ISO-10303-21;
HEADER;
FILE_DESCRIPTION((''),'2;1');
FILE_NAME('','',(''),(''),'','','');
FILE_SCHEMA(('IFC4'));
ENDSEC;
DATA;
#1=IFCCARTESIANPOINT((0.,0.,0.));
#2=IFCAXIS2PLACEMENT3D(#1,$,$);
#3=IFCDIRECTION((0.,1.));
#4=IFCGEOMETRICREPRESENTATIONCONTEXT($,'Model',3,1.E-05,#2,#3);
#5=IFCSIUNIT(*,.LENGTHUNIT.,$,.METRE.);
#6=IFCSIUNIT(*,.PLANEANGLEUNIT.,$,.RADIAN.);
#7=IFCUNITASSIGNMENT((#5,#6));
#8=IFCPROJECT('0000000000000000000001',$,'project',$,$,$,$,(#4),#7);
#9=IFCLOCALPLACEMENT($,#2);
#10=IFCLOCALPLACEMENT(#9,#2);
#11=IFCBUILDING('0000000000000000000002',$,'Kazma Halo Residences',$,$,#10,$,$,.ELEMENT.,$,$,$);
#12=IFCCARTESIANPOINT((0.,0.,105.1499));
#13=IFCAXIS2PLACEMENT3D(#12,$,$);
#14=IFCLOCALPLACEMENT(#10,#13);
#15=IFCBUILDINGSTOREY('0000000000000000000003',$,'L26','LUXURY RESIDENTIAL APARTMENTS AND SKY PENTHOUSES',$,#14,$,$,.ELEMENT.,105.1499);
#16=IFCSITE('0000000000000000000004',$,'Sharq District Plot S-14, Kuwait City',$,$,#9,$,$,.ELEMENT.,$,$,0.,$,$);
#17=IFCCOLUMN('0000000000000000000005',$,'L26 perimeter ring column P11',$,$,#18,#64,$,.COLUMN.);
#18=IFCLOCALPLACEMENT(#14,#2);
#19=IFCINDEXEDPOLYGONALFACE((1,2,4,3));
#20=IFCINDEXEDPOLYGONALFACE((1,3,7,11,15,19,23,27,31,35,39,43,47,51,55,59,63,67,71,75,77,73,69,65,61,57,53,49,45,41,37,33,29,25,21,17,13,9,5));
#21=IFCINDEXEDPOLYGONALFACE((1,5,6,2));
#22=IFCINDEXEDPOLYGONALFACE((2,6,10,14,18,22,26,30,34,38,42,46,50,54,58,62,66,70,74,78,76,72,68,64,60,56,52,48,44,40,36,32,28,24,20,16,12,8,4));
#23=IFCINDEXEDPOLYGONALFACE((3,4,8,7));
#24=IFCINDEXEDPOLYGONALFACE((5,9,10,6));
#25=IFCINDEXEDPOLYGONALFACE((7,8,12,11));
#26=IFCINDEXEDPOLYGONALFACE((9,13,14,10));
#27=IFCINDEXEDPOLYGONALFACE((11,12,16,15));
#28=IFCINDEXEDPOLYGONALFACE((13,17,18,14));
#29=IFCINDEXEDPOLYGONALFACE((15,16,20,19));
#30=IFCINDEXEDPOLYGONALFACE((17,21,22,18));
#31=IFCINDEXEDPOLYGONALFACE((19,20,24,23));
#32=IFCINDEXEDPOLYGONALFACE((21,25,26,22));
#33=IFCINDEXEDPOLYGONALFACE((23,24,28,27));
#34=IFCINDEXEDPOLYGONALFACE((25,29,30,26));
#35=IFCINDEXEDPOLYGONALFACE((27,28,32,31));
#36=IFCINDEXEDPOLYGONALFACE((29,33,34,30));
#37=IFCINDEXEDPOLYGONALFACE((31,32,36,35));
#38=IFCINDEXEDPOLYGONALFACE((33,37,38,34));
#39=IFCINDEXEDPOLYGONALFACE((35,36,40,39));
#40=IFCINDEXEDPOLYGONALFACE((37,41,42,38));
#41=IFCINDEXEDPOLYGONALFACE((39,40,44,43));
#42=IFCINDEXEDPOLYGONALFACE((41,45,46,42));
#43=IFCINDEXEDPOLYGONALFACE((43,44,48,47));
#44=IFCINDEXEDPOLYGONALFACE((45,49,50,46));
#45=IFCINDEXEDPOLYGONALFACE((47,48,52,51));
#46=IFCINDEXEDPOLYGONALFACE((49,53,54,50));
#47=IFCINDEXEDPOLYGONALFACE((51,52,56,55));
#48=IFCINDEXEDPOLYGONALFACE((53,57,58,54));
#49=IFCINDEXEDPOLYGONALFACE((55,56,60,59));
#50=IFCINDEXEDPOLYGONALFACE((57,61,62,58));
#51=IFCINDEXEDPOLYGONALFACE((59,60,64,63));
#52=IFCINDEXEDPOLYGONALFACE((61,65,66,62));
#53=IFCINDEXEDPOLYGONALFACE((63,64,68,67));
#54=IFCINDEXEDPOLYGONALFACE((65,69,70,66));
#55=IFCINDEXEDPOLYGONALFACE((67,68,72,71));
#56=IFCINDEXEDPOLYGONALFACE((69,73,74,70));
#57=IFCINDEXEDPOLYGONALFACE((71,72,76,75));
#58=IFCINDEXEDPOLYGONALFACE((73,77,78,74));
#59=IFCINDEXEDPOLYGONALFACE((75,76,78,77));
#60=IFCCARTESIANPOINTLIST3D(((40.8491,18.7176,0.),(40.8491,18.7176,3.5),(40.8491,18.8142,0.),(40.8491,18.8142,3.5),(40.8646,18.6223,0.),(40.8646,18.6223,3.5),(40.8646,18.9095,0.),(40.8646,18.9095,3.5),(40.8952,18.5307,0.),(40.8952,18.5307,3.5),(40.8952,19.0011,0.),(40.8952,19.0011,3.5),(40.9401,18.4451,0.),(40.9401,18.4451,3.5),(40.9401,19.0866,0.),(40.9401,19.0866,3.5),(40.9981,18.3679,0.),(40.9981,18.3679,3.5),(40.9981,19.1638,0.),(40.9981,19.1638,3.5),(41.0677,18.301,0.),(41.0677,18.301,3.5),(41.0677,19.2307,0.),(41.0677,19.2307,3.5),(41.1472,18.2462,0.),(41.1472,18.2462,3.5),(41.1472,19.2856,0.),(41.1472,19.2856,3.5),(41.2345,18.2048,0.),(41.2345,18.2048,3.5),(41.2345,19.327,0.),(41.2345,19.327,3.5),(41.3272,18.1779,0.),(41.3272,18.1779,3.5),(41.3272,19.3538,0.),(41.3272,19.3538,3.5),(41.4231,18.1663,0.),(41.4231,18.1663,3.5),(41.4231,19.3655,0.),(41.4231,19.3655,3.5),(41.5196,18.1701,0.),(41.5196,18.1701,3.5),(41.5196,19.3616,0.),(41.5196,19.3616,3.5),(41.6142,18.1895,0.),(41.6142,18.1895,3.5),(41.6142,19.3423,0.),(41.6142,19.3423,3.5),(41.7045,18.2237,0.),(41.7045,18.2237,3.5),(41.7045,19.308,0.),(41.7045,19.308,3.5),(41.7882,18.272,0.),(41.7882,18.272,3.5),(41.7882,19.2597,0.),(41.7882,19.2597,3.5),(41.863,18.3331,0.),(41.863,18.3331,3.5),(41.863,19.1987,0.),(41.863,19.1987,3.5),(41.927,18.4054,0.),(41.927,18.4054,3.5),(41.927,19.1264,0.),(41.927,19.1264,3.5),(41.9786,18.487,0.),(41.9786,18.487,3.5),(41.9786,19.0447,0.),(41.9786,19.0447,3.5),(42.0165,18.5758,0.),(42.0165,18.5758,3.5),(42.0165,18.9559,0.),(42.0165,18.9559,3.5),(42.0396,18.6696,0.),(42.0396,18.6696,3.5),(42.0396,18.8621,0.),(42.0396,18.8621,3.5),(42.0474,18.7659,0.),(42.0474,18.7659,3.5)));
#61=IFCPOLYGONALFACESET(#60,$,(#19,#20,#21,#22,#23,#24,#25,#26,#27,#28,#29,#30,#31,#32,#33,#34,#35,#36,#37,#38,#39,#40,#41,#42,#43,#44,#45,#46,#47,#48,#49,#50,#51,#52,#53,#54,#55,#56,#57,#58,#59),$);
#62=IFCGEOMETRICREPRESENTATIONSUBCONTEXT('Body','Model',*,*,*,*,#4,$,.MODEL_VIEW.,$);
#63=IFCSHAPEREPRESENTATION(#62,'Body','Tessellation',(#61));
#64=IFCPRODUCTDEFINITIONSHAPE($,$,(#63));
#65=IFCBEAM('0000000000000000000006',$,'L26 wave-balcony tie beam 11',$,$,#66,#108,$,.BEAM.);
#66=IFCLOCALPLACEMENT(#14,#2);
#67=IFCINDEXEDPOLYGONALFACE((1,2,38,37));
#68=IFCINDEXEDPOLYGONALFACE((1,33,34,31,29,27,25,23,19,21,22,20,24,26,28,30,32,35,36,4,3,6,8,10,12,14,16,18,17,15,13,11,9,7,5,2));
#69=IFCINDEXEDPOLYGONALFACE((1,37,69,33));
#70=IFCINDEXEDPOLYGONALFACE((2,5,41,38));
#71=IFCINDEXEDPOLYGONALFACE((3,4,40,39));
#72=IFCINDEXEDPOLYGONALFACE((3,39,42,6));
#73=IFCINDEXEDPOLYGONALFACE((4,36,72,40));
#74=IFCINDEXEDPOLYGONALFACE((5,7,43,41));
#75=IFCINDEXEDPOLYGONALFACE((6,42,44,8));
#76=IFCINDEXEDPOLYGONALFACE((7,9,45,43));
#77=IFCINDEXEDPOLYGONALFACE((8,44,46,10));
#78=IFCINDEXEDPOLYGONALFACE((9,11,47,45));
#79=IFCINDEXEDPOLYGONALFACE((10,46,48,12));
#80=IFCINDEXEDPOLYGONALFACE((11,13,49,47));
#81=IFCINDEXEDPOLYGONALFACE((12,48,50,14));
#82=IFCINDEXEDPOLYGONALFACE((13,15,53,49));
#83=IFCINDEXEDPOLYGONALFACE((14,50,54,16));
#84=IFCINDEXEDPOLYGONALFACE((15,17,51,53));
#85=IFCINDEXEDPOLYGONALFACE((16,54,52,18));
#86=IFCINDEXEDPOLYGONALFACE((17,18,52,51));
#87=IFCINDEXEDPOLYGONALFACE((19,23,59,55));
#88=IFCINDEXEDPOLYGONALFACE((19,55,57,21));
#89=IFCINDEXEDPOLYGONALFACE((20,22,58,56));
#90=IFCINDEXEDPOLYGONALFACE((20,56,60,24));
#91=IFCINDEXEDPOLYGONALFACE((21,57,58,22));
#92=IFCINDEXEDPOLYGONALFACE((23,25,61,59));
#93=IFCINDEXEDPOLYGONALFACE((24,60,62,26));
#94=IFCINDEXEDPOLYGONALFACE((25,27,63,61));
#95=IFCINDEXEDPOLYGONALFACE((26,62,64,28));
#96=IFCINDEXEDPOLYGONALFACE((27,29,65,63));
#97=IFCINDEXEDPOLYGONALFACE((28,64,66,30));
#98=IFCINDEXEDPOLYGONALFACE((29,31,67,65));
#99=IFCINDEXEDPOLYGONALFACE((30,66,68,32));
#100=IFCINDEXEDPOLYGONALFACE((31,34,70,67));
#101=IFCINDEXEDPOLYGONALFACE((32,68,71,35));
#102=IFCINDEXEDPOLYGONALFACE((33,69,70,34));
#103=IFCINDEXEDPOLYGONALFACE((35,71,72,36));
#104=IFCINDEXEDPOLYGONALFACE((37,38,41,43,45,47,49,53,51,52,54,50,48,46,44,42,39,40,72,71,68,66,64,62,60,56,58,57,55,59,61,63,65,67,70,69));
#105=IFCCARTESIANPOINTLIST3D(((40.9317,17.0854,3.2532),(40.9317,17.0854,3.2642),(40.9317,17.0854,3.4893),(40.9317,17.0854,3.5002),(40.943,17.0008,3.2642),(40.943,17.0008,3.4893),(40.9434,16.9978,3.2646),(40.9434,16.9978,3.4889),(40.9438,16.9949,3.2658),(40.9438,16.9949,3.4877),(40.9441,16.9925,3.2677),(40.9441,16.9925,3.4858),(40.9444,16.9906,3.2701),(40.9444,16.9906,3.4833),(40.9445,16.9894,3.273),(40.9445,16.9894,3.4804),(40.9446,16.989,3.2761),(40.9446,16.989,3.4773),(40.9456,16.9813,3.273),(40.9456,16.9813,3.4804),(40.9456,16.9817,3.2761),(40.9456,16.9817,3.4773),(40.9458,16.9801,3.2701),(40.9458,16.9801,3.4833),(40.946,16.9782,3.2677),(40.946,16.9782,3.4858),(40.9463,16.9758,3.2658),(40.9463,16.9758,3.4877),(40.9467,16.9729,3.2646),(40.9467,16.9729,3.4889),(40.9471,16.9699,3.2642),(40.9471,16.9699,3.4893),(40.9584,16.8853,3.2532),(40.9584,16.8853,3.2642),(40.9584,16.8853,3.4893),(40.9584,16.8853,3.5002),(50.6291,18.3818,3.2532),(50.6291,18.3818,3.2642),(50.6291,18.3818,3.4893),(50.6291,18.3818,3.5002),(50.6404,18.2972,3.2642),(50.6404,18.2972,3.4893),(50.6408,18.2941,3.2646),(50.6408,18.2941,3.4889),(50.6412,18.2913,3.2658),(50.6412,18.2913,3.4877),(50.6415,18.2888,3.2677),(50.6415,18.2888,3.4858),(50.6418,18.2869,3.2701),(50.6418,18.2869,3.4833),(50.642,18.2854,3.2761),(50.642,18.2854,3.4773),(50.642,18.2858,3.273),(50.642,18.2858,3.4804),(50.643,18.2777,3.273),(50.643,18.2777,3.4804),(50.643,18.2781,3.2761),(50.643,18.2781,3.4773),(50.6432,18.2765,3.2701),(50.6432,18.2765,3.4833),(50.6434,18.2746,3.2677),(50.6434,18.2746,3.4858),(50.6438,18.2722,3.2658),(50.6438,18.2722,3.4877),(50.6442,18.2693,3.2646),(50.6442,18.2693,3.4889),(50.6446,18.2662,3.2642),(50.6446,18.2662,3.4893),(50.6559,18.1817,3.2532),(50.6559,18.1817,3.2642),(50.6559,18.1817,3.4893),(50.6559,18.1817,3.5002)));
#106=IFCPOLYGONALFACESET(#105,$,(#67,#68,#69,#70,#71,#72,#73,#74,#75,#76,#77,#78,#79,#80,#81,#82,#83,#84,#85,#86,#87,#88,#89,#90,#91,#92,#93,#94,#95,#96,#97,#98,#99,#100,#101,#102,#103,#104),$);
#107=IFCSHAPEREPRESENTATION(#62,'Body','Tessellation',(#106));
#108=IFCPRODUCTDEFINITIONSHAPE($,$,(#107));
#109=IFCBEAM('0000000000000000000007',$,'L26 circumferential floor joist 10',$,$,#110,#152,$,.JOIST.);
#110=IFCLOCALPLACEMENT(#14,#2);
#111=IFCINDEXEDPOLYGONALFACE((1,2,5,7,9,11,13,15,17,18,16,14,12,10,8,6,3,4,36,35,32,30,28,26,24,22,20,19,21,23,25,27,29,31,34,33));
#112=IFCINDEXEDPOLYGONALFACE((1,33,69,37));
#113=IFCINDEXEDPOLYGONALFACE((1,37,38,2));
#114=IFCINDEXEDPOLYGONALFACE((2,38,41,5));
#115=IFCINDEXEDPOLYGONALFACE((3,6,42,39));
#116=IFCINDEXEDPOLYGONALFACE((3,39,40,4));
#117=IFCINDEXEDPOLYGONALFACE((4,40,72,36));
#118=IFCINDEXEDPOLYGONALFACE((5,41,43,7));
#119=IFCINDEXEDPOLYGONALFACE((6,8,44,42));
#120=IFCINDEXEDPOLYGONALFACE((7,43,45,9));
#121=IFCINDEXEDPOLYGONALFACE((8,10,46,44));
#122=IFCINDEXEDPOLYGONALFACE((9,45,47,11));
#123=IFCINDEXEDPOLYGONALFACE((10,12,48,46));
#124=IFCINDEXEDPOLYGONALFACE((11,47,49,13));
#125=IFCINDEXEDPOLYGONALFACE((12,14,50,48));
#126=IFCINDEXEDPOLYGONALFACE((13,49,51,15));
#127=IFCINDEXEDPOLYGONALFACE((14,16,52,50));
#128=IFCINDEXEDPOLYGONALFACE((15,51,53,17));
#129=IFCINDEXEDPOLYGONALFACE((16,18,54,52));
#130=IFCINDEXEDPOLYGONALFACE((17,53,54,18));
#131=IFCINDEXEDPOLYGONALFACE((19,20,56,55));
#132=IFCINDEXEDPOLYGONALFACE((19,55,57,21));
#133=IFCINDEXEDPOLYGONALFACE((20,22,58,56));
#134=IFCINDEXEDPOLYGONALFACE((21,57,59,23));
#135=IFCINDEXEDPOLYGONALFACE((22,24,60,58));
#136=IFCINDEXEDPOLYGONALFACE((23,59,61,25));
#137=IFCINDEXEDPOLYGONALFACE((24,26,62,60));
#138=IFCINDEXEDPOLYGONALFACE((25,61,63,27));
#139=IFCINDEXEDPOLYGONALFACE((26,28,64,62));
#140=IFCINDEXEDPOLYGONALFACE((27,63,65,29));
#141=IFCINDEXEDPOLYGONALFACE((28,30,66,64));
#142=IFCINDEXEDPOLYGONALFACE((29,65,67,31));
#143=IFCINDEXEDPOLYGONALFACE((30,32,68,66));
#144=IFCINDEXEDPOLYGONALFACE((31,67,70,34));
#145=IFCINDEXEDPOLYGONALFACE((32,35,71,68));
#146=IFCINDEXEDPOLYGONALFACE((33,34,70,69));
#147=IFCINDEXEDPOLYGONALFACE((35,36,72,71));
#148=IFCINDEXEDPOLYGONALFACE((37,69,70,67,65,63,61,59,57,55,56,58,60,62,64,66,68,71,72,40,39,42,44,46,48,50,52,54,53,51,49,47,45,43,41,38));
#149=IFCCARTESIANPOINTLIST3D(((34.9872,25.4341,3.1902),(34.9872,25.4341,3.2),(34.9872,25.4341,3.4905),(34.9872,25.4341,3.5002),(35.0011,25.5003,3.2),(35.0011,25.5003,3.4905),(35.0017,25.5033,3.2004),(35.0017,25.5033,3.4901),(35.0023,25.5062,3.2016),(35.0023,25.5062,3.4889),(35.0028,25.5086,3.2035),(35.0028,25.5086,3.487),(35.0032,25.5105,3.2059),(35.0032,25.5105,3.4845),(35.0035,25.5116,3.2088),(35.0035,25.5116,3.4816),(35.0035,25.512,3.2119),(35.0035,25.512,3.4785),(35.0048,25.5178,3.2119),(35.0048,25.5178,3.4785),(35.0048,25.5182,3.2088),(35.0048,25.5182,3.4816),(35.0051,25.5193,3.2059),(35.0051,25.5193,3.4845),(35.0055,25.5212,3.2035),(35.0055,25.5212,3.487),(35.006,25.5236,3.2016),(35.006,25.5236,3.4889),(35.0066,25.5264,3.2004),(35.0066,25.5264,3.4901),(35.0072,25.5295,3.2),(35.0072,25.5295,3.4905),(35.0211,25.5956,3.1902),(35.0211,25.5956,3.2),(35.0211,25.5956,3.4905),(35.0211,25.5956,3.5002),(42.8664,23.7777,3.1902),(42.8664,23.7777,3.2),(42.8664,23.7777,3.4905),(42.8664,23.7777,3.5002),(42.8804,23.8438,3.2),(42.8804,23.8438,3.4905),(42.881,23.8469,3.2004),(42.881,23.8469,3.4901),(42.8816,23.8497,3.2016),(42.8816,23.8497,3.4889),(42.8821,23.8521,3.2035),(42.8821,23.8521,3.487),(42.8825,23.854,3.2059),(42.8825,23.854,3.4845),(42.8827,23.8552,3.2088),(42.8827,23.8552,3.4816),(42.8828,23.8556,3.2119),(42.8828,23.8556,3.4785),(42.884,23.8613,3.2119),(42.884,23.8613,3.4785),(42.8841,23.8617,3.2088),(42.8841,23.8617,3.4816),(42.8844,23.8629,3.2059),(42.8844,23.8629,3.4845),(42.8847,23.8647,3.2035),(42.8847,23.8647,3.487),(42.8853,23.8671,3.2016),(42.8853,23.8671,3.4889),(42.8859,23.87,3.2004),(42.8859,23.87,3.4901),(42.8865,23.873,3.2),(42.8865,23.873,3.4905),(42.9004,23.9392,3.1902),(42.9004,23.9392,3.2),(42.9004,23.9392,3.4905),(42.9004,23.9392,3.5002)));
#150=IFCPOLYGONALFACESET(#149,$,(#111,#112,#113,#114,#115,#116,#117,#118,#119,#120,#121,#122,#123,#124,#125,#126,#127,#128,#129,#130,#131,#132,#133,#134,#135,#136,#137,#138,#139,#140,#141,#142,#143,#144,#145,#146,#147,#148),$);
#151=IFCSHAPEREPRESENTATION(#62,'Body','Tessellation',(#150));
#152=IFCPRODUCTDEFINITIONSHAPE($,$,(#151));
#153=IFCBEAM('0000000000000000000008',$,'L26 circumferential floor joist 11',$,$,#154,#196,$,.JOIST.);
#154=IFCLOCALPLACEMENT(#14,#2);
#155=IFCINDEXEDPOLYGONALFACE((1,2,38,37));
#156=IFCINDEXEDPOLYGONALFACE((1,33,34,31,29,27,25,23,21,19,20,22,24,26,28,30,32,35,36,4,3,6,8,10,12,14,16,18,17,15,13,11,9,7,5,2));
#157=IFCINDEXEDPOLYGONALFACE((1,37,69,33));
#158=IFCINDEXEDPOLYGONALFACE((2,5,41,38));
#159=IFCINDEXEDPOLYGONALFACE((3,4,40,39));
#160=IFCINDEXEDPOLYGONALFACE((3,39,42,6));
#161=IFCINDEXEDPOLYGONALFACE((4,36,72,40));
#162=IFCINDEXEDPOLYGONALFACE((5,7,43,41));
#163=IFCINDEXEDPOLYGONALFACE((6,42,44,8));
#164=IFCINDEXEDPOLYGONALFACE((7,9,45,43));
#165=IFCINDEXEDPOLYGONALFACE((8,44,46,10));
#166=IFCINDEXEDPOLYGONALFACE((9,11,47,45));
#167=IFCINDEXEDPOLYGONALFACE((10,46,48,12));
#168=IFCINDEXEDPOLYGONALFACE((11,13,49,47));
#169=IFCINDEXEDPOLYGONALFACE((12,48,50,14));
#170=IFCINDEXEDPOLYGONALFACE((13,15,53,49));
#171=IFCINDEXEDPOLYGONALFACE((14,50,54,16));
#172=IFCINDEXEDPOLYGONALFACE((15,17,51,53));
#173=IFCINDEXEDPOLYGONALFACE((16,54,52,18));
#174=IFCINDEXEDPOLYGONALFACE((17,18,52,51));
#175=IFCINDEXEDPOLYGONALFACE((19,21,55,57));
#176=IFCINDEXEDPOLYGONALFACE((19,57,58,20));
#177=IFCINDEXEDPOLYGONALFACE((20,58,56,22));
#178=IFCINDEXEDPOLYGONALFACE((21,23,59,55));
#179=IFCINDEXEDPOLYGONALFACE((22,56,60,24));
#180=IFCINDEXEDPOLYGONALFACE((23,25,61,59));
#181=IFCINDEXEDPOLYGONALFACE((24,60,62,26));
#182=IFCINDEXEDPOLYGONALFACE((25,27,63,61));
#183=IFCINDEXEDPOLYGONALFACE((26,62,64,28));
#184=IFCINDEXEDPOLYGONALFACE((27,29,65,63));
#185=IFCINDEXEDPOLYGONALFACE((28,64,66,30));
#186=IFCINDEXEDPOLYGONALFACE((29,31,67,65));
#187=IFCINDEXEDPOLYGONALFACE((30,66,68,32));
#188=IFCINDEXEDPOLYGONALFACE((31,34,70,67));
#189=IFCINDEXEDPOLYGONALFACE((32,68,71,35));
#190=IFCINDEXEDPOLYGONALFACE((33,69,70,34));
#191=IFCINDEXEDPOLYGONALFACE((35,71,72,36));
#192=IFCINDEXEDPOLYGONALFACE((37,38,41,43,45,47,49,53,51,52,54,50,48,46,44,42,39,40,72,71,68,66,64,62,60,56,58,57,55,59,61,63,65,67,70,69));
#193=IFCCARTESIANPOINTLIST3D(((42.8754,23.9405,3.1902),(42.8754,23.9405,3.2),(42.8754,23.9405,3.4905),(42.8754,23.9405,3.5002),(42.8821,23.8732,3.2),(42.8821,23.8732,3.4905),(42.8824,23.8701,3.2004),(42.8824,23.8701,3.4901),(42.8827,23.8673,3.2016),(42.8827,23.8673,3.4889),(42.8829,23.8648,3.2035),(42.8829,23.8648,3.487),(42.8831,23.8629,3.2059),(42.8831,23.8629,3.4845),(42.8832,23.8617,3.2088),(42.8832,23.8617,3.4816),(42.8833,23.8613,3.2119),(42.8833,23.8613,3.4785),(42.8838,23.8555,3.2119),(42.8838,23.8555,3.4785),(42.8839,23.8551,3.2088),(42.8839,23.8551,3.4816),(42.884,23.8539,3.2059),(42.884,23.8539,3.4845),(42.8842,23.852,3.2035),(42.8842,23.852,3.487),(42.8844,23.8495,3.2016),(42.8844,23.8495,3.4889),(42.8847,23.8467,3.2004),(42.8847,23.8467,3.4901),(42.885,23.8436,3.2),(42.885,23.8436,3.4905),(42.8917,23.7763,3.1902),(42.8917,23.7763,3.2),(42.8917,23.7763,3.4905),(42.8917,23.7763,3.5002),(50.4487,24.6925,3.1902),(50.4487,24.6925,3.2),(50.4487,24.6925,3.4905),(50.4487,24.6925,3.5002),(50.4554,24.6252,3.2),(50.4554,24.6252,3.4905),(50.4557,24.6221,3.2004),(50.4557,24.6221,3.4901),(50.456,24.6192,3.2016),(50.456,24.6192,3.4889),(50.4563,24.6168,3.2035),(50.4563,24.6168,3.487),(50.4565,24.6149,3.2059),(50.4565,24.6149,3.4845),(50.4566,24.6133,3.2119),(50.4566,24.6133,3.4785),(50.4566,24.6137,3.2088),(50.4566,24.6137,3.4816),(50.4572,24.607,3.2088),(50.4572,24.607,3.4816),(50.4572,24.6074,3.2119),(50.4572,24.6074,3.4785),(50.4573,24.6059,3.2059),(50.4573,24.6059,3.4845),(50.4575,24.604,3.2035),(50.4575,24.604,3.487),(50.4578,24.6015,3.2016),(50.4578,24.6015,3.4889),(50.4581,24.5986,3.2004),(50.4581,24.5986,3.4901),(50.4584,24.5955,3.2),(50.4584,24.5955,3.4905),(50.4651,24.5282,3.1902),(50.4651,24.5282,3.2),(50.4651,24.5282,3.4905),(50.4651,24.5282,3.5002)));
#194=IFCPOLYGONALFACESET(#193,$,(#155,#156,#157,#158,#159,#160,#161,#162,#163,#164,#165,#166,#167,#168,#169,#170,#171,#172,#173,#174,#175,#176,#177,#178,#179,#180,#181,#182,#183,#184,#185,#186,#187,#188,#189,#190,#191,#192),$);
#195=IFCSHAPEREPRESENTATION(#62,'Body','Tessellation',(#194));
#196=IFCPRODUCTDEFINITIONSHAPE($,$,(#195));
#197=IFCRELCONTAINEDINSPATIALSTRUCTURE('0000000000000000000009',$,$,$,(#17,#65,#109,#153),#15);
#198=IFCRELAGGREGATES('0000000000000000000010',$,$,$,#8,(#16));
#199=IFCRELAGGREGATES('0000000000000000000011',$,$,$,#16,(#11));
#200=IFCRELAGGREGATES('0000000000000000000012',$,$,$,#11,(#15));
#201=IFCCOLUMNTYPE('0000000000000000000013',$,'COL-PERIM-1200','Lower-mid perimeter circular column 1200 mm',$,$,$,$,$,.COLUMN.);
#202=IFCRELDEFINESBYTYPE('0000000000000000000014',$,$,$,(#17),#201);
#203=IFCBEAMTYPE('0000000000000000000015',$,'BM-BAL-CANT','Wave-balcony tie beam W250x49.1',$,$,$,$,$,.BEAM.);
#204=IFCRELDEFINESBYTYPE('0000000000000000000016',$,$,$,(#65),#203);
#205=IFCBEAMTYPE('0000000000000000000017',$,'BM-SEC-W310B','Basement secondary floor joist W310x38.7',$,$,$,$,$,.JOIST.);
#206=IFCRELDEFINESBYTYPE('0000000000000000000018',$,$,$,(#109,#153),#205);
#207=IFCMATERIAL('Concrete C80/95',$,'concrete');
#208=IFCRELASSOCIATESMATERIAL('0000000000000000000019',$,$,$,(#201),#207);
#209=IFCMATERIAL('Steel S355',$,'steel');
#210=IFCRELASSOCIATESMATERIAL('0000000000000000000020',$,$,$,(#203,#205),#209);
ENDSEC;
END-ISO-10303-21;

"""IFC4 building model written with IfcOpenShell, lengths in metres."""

from ifc_helpers import new_model, si_unit, direction, frame, origin, origin_2d, place, context, subcontext, project, spatial, circle, i_section, extrude, material, material_profile, profile_set, type_object, element, save


model = new_model("IFC4")

# Units and contexts
model_context = context("Model", 3, precision=1e-05, world=origin(), true_north=direction((0.0, 1.0)))
body_context = subcontext(model_context, "Body", "Model", "MODEL_VIEW")
ifc_project = project(units=[si_unit("LENGTHUNIT", "METRE"), si_unit("PLANEANGLEUNIT", "RADIAN")], contexts=[model_context])

# Site, building, storey
site_placement = place(None, origin())
site = spatial("IfcSite", under=ifc_project, at=site_placement, Name="Sharq District Plot S-14, Kuwait City", CompositionType="ELEMENT", RefElevation=0.0)
building_placement = place(site_placement, origin())
building = spatial("IfcBuilding", under=site, at=building_placement, Name="Kazma Halo Residences", CompositionType="ELEMENT")
storey_placement = place(building_placement, frame((0.0, 0.0, 105.1499)))
storey = spatial("IfcBuildingStorey", under=building, at=storey_placement, Name="L26", Description="LUXURY RESIDENTIAL APARTMENTS AND SKY PENTHOUSES", CompositionType="ELEMENT", Elevation=105.1499)

# Column
ifc_material_1 = material(Name="Concrete C80/95", Category="concrete")
ifc_material_profile_1 = material_profile(ifc_material_1, circle(Radius=0.6001, at=origin_2d()), Name="CIRC1200")
ifc_profile_set_1 = profile_set([ifc_material_profile_1], Name="Concrete C80/95")
column_type = type_object("IfcColumnType", Name="COL-PERIM-1200", Description="Lower-mid perimeter circular column 1200 mm", PredefinedType="COLUMN", material=ifc_profile_set_1)
column_placement = place(storey_placement, frame((41.4473, 18.7659, 0.0), z_axis=(0.0, 0.0, 1.0), x_axis=(1.0, 0.0, 0.0)))
element("IfcColumn", 1, at=column_placement, inside=storey, type_object=column_type, Name="L26 perimeter ring column P11", PredefinedType="COLUMN", context=body_context, shape_type="SweptSolid", body=[
    extrude(circle(Radius=0.6001, at=origin_2d()), origin(), (0.0, 0.0, 1.0), 3.5),
])

# Beams
ifc_material_2 = material(Name="Steel S355", Category="steel")
ifc_material_profile_2 = material_profile(ifc_material_2, i_section(OverallWidth=0.2019, OverallDepth=0.2471, WebThickness=0.0073, FlangeThickness=0.011, FilletRadius=0.012, at=origin_2d()), Name="W250x49.1")
ifc_profile_set_2 = profile_set([ifc_material_profile_2], Name="Steel S355")
beam_type_1 = type_object("IfcBeamType", Name="BM-BAL-CANT", Description="Wave-balcony tie beam W250x49.1", PredefinedType="BEAM", material=ifc_profile_set_2)
beam_1_placement = place(storey_placement, frame((40.9451, 16.9854, 3.3767), z_axis=(0.991183, 0.132504, 0.0), x_axis=(-0.132504, 0.991183, 0.0)))
element("IfcBeam", 2, at=beam_1_placement, inside=storey, type_object=beam_type_1, Name="L26 wave-balcony tie beam 11", PredefinedType="BEAM", context=body_context, shape_type="SweptSolid", body=[
    extrude(i_section(OverallWidth=0.2019, OverallDepth=0.2471, WebThickness=0.0073, FlangeThickness=0.011, FilletRadius=0.012, at=origin_2d()), origin(), (0.0, 0.0, 1.0), 9.7837),
])
ifc_material_profile_3 = material_profile(ifc_material_2, i_section(OverallWidth=0.165, OverallDepth=0.3101, WebThickness=0.0059, FlangeThickness=0.0098, FilletRadius=0.012, at=origin_2d()), Name="W310x38.7")
ifc_profile_set_3 = profile_set([ifc_material_profile_3], Name="Steel S355")
beam_type_2 = type_object("IfcBeamType", Name="BM-SEC-W310B", Description="Basement secondary floor joist W310x38.7", PredefinedType="JOIST", material=ifc_profile_set_3)
beam_2_placement = place(storey_placement, frame((35.0042, 25.5149, 3.3452), z_axis=(0.978608, -0.205734, 0.0), x_axis=(0.205734, 0.978608, 0.0)))
element("IfcBeam", 3, at=beam_2_placement, inside=storey, type_object=beam_type_2, Name="L26 circumferential floor joist 10", PredefinedType="JOIST", context=body_context, shape_type="SweptSolid", body=[
    extrude(i_section(OverallWidth=0.165, OverallDepth=0.3101, WebThickness=0.0059, FlangeThickness=0.0098, FilletRadius=0.012, at=origin_2d()), origin(), (0.0, 0.0, 1.0), 8.0515),
])
beam_3_placement = place(storey_placement, frame((42.8835, 23.8584, 3.3452), z_axis=(0.995107, 0.098805, 0.0), x_axis=(-0.098805, 0.995107, 0.0)))
element("IfcBeam", 4, at=beam_3_placement, inside=storey, type_object=beam_type_2, Name="L26 circumferential floor joist 11", PredefinedType="JOIST", context=body_context, shape_type="SweptSolid", body=[
    extrude(i_section(OverallWidth=0.165, OverallDepth=0.3101, WebThickness=0.0059, FlangeThickness=0.0098, FilletRadius=0.012, at=origin_2d()), origin(), (0.0, 0.0, 1.0), 7.6106),
])

save(model, "model.ifc")
